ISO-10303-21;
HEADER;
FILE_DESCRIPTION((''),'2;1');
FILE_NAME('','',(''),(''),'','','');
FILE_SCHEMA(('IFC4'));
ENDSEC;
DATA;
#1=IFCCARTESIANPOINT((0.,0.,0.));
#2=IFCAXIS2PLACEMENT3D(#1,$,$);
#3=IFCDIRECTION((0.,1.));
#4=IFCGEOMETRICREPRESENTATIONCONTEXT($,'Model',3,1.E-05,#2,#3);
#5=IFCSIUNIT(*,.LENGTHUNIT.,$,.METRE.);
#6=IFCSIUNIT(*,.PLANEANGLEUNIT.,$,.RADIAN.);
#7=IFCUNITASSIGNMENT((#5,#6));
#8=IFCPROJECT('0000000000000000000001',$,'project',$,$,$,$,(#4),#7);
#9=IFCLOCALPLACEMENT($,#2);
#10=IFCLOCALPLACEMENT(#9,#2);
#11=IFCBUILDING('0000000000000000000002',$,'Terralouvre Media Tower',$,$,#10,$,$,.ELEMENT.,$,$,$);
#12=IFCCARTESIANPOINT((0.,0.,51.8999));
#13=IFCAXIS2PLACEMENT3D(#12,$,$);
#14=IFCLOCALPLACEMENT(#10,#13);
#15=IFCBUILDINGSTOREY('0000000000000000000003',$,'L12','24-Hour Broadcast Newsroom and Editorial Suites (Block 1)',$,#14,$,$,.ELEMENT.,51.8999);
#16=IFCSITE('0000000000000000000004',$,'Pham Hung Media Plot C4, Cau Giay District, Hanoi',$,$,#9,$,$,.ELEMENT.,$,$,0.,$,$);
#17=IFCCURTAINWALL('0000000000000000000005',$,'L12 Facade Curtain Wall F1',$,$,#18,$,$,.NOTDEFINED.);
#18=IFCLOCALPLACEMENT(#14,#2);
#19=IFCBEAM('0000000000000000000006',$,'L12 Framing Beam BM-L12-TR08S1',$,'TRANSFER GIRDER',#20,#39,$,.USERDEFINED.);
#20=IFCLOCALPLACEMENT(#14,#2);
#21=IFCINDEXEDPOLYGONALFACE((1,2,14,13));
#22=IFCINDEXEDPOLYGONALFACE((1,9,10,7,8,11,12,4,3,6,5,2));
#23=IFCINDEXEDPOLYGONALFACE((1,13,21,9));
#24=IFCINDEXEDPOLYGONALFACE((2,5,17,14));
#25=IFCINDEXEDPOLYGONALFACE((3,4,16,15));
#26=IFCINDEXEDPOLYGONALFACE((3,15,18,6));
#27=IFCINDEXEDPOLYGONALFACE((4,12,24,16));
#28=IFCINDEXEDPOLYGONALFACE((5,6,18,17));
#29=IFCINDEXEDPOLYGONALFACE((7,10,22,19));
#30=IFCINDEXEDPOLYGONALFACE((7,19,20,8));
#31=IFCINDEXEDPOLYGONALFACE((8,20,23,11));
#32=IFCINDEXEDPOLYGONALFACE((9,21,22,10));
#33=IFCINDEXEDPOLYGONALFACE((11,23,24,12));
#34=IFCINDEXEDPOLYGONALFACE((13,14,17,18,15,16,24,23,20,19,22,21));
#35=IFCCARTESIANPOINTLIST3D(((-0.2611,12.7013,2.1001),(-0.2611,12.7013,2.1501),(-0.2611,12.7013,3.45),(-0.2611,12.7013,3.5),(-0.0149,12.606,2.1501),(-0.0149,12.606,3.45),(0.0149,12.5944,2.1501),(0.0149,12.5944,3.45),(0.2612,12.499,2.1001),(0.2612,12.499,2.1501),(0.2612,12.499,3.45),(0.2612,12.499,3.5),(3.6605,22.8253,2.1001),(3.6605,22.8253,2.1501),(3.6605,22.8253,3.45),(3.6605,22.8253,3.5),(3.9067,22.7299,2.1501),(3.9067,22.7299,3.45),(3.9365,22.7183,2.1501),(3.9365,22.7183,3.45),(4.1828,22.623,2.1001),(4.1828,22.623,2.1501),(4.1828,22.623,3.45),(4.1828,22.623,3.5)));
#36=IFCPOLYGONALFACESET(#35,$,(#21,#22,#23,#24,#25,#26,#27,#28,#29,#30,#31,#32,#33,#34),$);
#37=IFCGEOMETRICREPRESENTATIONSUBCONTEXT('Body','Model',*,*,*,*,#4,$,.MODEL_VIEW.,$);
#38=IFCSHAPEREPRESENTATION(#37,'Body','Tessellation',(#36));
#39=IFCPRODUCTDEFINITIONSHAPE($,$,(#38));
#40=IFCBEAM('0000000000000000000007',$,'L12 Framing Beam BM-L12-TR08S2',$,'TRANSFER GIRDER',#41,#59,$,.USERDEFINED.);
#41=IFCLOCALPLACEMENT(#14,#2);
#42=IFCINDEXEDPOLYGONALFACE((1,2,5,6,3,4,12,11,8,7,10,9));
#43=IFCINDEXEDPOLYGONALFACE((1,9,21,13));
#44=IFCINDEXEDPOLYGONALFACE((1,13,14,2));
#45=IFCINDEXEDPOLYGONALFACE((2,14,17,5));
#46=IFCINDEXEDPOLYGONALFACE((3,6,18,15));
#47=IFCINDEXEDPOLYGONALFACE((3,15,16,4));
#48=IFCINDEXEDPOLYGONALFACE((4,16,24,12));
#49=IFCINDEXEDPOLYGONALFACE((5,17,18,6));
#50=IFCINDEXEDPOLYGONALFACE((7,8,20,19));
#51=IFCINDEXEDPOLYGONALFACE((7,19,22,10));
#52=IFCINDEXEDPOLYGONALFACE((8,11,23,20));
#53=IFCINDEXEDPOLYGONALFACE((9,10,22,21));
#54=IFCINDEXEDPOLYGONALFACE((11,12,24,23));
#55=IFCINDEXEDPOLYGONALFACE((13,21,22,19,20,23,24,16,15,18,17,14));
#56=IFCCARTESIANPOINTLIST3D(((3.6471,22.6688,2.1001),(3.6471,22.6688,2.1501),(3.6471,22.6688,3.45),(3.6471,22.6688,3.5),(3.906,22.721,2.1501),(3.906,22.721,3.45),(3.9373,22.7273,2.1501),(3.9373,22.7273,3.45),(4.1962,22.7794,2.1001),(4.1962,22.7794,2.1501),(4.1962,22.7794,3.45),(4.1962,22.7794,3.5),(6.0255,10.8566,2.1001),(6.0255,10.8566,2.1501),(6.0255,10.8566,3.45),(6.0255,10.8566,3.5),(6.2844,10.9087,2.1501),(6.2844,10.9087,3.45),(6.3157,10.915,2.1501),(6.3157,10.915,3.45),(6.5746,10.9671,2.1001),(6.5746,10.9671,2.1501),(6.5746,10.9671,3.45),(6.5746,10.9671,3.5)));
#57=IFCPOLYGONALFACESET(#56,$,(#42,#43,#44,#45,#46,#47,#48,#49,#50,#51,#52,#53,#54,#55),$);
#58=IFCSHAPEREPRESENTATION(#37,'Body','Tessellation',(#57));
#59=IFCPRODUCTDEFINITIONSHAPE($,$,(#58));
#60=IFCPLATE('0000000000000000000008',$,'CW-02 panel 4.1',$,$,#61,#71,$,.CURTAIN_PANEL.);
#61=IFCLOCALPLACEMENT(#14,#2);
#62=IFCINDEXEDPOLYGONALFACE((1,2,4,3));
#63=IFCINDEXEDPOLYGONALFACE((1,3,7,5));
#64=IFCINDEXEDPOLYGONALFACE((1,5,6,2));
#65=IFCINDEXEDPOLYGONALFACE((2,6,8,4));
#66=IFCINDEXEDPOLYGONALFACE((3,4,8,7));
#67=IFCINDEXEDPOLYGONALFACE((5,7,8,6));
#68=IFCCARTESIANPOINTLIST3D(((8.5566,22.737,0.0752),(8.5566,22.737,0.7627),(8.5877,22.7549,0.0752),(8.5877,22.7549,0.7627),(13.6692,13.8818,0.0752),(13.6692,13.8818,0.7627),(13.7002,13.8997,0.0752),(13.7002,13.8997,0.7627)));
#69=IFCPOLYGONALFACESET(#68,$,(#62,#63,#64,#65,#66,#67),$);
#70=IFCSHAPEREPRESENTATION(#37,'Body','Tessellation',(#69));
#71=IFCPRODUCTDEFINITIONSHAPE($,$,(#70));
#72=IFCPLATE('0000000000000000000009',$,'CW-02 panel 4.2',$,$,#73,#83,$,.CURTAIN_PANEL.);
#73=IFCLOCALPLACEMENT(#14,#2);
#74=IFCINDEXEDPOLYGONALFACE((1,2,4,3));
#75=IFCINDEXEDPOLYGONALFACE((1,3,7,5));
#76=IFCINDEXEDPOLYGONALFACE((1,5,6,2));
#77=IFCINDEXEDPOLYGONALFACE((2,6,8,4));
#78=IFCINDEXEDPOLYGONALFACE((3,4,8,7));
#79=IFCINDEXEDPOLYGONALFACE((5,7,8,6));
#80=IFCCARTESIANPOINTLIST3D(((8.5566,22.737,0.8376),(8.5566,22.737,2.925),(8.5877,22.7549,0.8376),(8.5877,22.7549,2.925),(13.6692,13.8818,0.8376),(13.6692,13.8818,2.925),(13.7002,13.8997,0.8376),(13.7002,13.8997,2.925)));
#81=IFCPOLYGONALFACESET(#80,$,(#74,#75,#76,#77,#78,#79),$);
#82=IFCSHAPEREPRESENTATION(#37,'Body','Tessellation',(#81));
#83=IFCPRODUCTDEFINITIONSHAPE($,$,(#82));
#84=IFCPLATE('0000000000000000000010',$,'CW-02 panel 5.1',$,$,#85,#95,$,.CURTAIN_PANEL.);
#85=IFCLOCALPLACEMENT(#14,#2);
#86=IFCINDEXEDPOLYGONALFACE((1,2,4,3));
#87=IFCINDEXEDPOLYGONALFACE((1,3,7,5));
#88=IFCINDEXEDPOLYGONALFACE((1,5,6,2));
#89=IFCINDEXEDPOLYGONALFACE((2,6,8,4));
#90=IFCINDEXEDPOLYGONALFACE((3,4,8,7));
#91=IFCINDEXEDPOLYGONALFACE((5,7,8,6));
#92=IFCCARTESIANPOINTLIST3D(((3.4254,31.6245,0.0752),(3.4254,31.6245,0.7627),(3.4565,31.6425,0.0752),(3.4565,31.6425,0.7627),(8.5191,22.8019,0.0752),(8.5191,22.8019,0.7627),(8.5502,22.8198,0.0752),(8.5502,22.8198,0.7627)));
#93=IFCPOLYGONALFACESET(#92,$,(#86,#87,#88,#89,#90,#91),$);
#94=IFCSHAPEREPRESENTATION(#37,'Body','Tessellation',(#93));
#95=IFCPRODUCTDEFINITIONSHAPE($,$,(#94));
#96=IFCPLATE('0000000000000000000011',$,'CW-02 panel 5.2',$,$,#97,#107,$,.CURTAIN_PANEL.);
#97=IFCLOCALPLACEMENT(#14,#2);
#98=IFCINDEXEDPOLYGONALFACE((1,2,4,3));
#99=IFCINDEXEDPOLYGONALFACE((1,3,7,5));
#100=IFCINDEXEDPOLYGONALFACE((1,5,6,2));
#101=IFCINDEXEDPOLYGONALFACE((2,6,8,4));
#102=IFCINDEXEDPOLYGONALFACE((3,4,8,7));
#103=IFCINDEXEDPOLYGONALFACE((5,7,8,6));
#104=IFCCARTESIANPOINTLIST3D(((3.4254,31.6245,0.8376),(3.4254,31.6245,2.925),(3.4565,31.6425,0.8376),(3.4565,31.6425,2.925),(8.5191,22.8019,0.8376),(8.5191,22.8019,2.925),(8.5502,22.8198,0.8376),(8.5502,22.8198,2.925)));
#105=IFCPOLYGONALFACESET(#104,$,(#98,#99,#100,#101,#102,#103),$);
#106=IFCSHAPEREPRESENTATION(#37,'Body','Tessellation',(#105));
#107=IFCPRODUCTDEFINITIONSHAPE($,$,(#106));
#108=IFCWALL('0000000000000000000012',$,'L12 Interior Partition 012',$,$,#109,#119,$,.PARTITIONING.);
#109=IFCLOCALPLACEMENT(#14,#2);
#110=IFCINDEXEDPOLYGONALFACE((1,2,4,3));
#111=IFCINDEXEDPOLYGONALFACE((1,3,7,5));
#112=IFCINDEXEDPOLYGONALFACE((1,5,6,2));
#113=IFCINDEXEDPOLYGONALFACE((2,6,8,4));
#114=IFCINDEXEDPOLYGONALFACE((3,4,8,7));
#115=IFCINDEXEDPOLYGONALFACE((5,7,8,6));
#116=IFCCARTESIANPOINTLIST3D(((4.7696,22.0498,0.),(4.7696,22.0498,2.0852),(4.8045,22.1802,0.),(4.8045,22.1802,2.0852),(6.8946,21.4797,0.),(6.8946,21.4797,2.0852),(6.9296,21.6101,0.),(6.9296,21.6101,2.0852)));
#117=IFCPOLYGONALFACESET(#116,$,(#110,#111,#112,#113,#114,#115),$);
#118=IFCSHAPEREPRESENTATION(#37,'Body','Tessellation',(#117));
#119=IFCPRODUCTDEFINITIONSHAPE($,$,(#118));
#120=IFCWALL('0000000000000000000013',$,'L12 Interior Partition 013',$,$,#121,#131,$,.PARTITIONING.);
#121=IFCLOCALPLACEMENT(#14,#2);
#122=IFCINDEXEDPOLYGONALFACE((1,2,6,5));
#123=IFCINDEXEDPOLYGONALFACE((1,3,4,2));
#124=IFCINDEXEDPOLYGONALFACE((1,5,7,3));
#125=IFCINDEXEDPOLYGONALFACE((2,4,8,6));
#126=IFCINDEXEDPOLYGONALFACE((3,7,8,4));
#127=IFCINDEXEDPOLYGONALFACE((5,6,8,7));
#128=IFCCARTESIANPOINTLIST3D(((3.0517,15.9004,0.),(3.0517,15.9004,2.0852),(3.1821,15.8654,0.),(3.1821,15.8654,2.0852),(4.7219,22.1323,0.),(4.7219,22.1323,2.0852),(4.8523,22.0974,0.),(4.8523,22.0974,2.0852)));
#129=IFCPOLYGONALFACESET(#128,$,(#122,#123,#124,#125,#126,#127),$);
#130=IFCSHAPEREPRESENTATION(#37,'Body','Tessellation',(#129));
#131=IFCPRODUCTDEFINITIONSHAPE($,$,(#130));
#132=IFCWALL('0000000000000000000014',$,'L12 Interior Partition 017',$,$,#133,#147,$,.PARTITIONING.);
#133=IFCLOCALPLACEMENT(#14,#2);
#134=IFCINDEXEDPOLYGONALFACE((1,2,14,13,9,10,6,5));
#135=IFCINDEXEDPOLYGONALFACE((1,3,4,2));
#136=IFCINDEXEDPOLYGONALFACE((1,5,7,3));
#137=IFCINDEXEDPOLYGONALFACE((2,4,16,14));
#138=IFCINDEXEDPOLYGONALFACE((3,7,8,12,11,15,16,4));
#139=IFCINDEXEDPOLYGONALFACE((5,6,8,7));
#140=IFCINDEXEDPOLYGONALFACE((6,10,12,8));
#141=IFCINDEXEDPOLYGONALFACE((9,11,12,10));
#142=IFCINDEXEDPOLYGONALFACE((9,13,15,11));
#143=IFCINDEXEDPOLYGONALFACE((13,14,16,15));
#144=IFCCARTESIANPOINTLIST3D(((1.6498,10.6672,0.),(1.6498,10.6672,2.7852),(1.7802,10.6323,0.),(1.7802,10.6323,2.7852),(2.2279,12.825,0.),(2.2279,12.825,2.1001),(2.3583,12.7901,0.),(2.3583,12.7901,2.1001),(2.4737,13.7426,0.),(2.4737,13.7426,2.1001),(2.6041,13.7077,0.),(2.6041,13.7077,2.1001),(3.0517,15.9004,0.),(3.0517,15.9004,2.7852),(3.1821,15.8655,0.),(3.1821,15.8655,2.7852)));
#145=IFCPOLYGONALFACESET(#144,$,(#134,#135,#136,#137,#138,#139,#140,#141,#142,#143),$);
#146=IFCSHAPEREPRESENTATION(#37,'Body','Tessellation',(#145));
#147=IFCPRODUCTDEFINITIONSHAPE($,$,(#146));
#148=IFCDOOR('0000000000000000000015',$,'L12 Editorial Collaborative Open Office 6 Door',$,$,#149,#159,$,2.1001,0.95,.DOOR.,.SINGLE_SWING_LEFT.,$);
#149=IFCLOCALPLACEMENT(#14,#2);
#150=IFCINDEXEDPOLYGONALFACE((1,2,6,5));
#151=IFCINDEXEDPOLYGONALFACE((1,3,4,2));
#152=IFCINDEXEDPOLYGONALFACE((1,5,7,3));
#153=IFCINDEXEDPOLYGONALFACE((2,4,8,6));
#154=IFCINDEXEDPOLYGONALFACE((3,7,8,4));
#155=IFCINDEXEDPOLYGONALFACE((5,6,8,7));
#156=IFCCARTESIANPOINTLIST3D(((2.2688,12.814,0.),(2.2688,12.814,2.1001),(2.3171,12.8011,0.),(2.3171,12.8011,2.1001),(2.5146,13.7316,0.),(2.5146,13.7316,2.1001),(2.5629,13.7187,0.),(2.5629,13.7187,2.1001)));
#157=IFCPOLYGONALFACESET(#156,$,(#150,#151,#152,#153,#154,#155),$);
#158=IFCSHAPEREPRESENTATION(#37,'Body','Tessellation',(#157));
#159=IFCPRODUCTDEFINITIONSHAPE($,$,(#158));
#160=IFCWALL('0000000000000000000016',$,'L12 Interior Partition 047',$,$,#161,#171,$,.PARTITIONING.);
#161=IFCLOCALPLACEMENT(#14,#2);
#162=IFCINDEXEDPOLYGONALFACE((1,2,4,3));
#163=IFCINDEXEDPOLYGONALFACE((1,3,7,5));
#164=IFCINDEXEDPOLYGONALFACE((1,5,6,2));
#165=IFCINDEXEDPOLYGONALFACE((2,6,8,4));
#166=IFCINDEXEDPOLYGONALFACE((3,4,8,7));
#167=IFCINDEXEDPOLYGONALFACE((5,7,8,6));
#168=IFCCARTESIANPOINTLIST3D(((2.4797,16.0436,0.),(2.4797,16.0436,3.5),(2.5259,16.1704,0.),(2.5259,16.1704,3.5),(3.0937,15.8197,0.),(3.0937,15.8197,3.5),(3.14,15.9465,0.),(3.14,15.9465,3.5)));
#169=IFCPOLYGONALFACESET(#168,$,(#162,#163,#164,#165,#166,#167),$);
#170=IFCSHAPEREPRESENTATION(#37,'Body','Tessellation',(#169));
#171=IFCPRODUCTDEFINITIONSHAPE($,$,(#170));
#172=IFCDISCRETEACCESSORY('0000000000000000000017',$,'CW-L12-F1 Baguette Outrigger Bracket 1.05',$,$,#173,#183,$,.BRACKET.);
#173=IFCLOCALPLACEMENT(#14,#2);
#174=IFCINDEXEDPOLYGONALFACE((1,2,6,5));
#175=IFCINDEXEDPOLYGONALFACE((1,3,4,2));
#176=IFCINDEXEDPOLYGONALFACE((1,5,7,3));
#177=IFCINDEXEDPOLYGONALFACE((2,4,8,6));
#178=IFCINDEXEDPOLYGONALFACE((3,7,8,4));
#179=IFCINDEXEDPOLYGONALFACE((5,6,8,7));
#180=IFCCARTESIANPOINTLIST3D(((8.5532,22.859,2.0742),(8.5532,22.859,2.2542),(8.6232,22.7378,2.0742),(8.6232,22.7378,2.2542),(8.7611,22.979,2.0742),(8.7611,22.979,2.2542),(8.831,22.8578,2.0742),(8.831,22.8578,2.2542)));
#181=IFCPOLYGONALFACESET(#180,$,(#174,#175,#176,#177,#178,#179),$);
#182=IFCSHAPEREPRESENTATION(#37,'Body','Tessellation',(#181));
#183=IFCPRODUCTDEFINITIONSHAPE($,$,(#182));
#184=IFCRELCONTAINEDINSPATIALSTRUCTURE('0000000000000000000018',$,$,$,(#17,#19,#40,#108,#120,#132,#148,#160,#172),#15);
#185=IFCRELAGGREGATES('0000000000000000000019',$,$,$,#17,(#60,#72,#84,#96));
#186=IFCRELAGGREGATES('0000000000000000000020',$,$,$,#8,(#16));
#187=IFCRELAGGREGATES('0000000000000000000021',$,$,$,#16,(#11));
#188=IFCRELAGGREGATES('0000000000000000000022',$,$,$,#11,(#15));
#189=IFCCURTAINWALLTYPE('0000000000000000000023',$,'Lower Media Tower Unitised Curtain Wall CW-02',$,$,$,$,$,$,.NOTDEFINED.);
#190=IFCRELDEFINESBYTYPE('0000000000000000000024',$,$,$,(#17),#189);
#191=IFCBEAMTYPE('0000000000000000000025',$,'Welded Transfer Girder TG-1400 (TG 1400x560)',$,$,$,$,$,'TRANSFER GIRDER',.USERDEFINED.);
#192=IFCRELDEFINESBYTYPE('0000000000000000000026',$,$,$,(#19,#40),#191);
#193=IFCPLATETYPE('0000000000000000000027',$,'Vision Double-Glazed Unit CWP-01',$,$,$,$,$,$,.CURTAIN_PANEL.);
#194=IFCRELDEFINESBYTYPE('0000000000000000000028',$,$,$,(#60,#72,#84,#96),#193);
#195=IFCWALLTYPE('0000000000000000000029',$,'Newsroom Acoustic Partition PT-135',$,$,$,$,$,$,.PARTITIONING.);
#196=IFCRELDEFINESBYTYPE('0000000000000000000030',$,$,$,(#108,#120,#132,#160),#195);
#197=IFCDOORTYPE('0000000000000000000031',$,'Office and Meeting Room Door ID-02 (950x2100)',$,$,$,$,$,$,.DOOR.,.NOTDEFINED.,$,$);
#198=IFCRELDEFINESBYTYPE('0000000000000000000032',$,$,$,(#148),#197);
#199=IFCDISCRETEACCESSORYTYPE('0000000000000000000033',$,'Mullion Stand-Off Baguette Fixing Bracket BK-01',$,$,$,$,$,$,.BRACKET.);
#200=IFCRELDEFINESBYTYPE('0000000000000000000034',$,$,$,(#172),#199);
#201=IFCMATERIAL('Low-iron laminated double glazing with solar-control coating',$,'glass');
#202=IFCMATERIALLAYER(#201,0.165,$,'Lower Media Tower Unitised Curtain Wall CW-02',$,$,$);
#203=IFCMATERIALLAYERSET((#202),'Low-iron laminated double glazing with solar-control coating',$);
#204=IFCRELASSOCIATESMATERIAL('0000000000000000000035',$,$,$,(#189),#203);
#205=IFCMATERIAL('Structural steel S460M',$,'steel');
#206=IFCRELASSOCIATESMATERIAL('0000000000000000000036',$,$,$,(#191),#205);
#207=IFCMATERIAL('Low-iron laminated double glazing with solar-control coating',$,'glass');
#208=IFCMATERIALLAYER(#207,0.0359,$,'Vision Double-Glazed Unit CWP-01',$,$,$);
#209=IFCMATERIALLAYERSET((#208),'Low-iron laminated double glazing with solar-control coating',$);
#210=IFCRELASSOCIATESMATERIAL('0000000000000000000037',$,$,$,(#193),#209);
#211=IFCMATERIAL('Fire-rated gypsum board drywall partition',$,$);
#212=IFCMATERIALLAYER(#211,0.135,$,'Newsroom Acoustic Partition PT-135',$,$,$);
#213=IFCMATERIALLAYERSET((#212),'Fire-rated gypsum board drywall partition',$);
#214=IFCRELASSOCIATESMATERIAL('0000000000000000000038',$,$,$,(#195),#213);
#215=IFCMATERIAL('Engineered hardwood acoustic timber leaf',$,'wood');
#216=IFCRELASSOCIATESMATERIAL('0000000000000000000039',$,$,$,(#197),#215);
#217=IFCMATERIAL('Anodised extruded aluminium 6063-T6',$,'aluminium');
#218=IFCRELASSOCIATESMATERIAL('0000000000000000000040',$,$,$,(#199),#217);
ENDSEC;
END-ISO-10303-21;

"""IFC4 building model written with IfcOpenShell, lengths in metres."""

from ifc_helpers import new_model, si_unit, direction, frame, frame_2d, origin, origin_2d, place, context, subcontext, project, spatial, rectangle, i_section, extrude, material, layer, layer_set, material_profile, profile_set, type_object, element, fill, aggregate, save


model = new_model("IFC4")

# Units and contexts
model_context = context("Model", 3, precision=1e-05, world=origin(), true_north=direction((0.0, 1.0)))
body_context = subcontext(model_context, "Body", "Model", "MODEL_VIEW")
ifc_project = project(units=[si_unit("LENGTHUNIT", "METRE"), si_unit("PLANEANGLEUNIT", "RADIAN")], contexts=[model_context])

# Site, building, storey
site_placement = place(None, origin())
site = spatial("IfcSite", under=ifc_project, at=site_placement, Name="Pham Hung Media Plot C4, Cau Giay District, Hanoi", CompositionType="ELEMENT", RefElevation=0.0)
building_placement = place(site_placement, origin())
building = spatial("IfcBuilding", under=site, at=building_placement, Name="Terralouvre Media Tower", CompositionType="ELEMENT")
storey_placement = place(building_placement, frame((0.0, 0.0, 51.8999)))
storey = spatial("IfcBuildingStorey", under=building, at=storey_placement, Name="L12", Description="24-Hour Broadcast Newsroom and Editorial Suites (Block 1)", CompositionType="ELEMENT", Elevation=51.8999)

# Curtain wall
ifc_material_1 = material(Name="Low-iron laminated double glazing with solar-control coating", Category="glass")
ifc_layer_1 = layer(ifc_material_1, 0.165, Name="Lower Media Tower Unitised Curtain Wall CW-02")
ifc_layer_set_1 = layer_set([ifc_layer_1], Name="Low-iron laminated double glazing with solar-control coating")
curtain_wall_type_1 = type_object("IfcCurtainWallType", Name="Lower Media Tower Unitised Curtain Wall CW-02", PredefinedType="NOTDEFINED", material=ifc_layer_set_1)
curtain_wall_1_placement = place(storey_placement, origin())
curtain_wall_1 = element("IfcCurtainWall", 1, at=curtain_wall_1_placement, inside=storey, type_object=curtain_wall_type_1, Name="L12 Facade Curtain Wall F1", PredefinedType="NOTDEFINED")

# Beams
ifc_material_2 = material(Name="Structural steel S460M", Category="steel")
ifc_material_profile_1 = material_profile(ifc_material_2, i_section(OverallWidth=0.5601, OverallDepth=1.3999, WebThickness=0.032, FlangeThickness=0.05, at=origin_2d()), Name="TG 1400x560")
ifc_profile_set_1 = profile_set([ifc_material_profile_1], Name="Structural steel S460M")
beam_type_1 = type_object("IfcBeamType", Name="Welded Transfer Girder TG-1400 (TG 1400x560)", ElementType="TRANSFER GIRDER", PredefinedType="USERDEFINED", material=ifc_profile_set_1)
beam_1_placement = place(storey_placement, frame((3.9216, 22.7241, 2.8), z_axis=(-0.361207, -0.932486, 0.0), x_axis=(0.932486, -0.361207, 0.0)))
element("IfcBeam", 2, at=beam_1_placement, inside=storey, type_object=beam_type_1, Name="L12 Framing Beam BM-L12-TR08S1", ObjectType="TRANSFER GIRDER", PredefinedType="USERDEFINED", context=body_context, shape_type="SweptSolid", body=[
    extrude(i_section(OverallWidth=0.5601, OverallDepth=1.3999, WebThickness=0.032, FlangeThickness=0.05, at=origin_2d()), origin(), (0.0, 0.0, 1.0), 10.8569),
])
beam_2_placement = place(storey_placement, frame((3.9216, 22.7241, 2.8), z_axis=(0.19739, -0.980325, 0.0), x_axis=(0.980325, 0.19739, 0.0)))
element("IfcBeam", 3, at=beam_2_placement, inside=storey, type_object=beam_type_1, Name="L12 Framing Beam BM-L12-TR08S2", ObjectType="TRANSFER GIRDER", PredefinedType="USERDEFINED", context=body_context, shape_type="SweptSolid", body=[
    extrude(i_section(OverallWidth=0.5601, OverallDepth=1.3999, WebThickness=0.032, FlangeThickness=0.05, at=origin_2d()), origin(), (0.0, 0.0, 1.0), 12.0493),
])

# Plates
ifc_material_3 = material(Name="Low-iron laminated double glazing with solar-control coating", Category="glass")
ifc_layer_2 = layer(ifc_material_3, 0.0359, Name="Vision Double-Glazed Unit CWP-01")
ifc_layer_set_2 = layer_set([ifc_layer_2], Name="Low-iron laminated double glazing with solar-control coating")
plate_type = type_object("IfcPlateType", Name="Vision Double-Glazed Unit CWP-01", PredefinedType="CURTAIN_PANEL", material=ifc_layer_set_2)
plate_1_placement = place(storey_placement, frame((11.1284, 18.3184, 0.0752), z_axis=(0.0, 0.0, 1.0), x_axis=(-0.5, 0.866025, 0.0)))
plate_1 = element("IfcPlate", 4, at=plate_1_placement, type_object=plate_type, Name="CW-02 panel 4.1", PredefinedType="CURTAIN_PANEL", context=body_context, shape_type="SweptSolid", body=[
    extrude(rectangle(XDim=10.2251, YDim=0.0359, at=origin_2d()), origin(), (0.0, 0.0, 1.0), 0.6875),
])
plate_2_placement = place(storey_placement, frame((11.1284, 18.3184, 0.8376), z_axis=(0.0, 0.0, 1.0), x_axis=(-0.5, 0.866025, 0.0)))
plate_2 = element("IfcPlate", 5, at=plate_2_placement, type_object=plate_type, Name="CW-02 panel 4.2", PredefinedType="CURTAIN_PANEL", context=body_context, shape_type="SweptSolid", body=[
    extrude(rectangle(XDim=10.2251, YDim=0.0359, at=origin_2d()), origin(), (0.0, 0.0, 1.0), 2.0874),
])
plate_3_placement = place(storey_placement, frame((5.9878, 27.2222, 0.0752), z_axis=(0.0, 0.0, 1.0), x_axis=(-0.5, 0.866025, 0.0)))
plate_3 = element("IfcPlate", 6, at=plate_3_placement, type_object=plate_type, Name="CW-02 panel 5.1", PredefinedType="CURTAIN_PANEL", context=body_context, shape_type="SweptSolid", body=[
    extrude(rectangle(XDim=10.1875, YDim=0.0359, at=origin_2d()), origin(), (0.0, 0.0, 1.0), 0.6875),
])
plate_4_placement = place(storey_placement, frame((5.9878, 27.2222, 0.8376), z_axis=(0.0, 0.0, 1.0), x_axis=(-0.5, 0.866025, 0.0)))
plate_4 = element("IfcPlate", 7, at=plate_4_placement, type_object=plate_type, Name="CW-02 panel 5.2", PredefinedType="CURTAIN_PANEL", context=body_context, shape_type="SweptSolid", body=[
    extrude(rectangle(XDim=10.1875, YDim=0.0359, at=origin_2d()), origin(), (0.0, 0.0, 1.0), 2.0874),
])
aggregate(curtain_wall_1, [plate_1, plate_2, plate_3, plate_4])

# Walls
ifc_material_4 = material(Name="Fire-rated gypsum board drywall partition")
ifc_layer_3 = layer(ifc_material_4, 0.135, Name="Newsroom Acoustic Partition PT-135")
ifc_layer_set_3 = layer_set([ifc_layer_3], Name="Fire-rated gypsum board drywall partition")
wall_type = type_object("IfcWallType", Name="Newsroom Acoustic Partition PT-135", PredefinedType="PARTITIONING", material=ifc_layer_set_3)
wall_1_placement = place(storey_placement, frame((6.9121, 21.5449, 0.0), z_axis=(0.0, 0.0, 1.0), x_axis=(-0.965849, 0.259106, 0.0)))
element("IfcWall", 8, at=wall_1_placement, inside=storey, type_object=wall_type, Name="L12 Interior Partition 012", PredefinedType="PARTITIONING", context=body_context, shape_type="SweptSolid", body=[
    extrude(rectangle(XDim=2.2002, YDim=0.135, at=frame_2d((1.1001, 0.0))), origin(), (0.0, 0.0, 1.0), 2.0852),
])
wall_2_placement = place(storey_placement, frame((4.7871, 22.115, 0.0), z_axis=(0.0, 0.0, 1.0), x_axis=(-0.258866, -0.965913, 0.0)))
element("IfcWall", 9, at=wall_2_placement, inside=storey, type_object=wall_type, Name="L12 Interior Partition 013", PredefinedType="PARTITIONING", context=body_context, shape_type="SweptSolid", body=[
    extrude(rectangle(XDim=6.4519, YDim=0.135, at=frame_2d((3.2261, 0.0))), origin(), (0.0, 0.0, 1.0), 2.0852),
])

# Wall, opening, door
wall_3_placement = place(storey_placement, frame((3.1169, 15.8831, 0.0), z_axis=(0.0, 0.0, 1.0), x_axis=(-0.258756, -0.965943, 0.0)))
wall_3 = element("IfcWall", 10, at=wall_3_placement, inside=storey, type_object=wall_type, Name="L12 Interior Partition 017", PredefinedType="PARTITIONING", context=body_context, shape_type="SweptSolid", body=[
    extrude(rectangle(XDim=5.4177, YDim=0.135, at=frame_2d((2.709, 0.0))), origin(), (0.0, 0.0, 1.0), 2.7852),
])
opening_placement = place(wall_3_placement, frame((2.2339, 0.0, 0.0)))
opening = element("IfcOpeningElement", 11, at=opening_placement, cuts=wall_3, PredefinedType="OPENING", context=body_context, shape_type="SweptSolid", body=[
    extrude(rectangle(XDim=0.95, YDim=2.1001, at=frame_2d((0.4751, 1.05))), frame((0.0, 0.0774, 0.0), z_axis=(0.0, -1.0, 0.0), x_axis=(1.0, 0.0, 0.0)), (0.0, 0.0, 1.0), 0.155),
])
ifc_material_5 = material(Name="Engineered hardwood acoustic timber leaf", Category="wood")
door_type = type_object("IfcDoorType", Name="Office and Meeting Room Door ID-02 (950x2100)", OperationType="NOTDEFINED", PredefinedType="DOOR", material=ifc_material_5)
door_placement = place(opening_placement, origin())
door = element("IfcDoor", 12, at=door_placement, inside=storey, type_object=door_type, Name="L12 Editorial Collaborative Open Office 6 Door", OperationType="SINGLE_SWING_LEFT", OverallHeight=2.1001, OverallWidth=0.95, PredefinedType="DOOR", context=body_context, shape_type="SweptSolid", body=[
    extrude(rectangle(XDim=0.95, YDim=2.1001, at=frame_2d((0.4751, 1.05))), frame((0.0, 0.0249, 0.0), z_axis=(0.0, -1.0, 0.0), x_axis=(1.0, 0.0, 0.0)), (0.0, 0.0, 1.0), 0.05),
])
fill(opening, door)

# Wall
wall_4_placement = place(storey_placement, frame((2.5029, 16.1069, 0.0), z_axis=(0.0, 0.0, 1.0), x_axis=(0.939499, -0.342553, 0.0)))
element("IfcWall", 13, at=wall_4_placement, inside=storey, type_object=wall_type, Name="L12 Interior Partition 047", PredefinedType="PARTITIONING", context=body_context, shape_type="SweptSolid", body=[
    extrude(rectangle(XDim=0.6536, YDim=0.135, at=frame_2d((0.3267, 0.0))), origin(), (0.0, 0.0, 1.0), 3.5),
])

# Discrete accessory
ifc_material_6 = material(Name="Anodised extruded aluminium 6063-T6", Category="aluminium")
discrete_accessory_type = type_object("IfcDiscreteAccessoryType", Name="Mullion Stand-Off Baguette Fixing Bracket BK-01", PredefinedType="BRACKET", material=ifc_material_6)
for number, where, z_axis, x_axis, name in (
    (14, (8.6921, 22.8584, 2.0742), (0.0, 0.0, 1.0), (-0.5, 0.866025, 0.0), "CW-L12-F1 Baguette Outrigger Bracket 1.05"),
):
    element("IfcDiscreteAccessory", number, at=place(storey_placement, frame(where, z_axis=z_axis, x_axis=x_axis)), inside=storey, type_object=discrete_accessory_type, Name=name, PredefinedType="BRACKET", context=body_context, shape_type="SweptSolid", body=[
        extrude(rectangle(XDim=0.1399, YDim=0.24, at=origin_2d()), origin(), (0.0, 0.0, 1.0), 0.1799),
    ])

save(model, "model.ifc")
